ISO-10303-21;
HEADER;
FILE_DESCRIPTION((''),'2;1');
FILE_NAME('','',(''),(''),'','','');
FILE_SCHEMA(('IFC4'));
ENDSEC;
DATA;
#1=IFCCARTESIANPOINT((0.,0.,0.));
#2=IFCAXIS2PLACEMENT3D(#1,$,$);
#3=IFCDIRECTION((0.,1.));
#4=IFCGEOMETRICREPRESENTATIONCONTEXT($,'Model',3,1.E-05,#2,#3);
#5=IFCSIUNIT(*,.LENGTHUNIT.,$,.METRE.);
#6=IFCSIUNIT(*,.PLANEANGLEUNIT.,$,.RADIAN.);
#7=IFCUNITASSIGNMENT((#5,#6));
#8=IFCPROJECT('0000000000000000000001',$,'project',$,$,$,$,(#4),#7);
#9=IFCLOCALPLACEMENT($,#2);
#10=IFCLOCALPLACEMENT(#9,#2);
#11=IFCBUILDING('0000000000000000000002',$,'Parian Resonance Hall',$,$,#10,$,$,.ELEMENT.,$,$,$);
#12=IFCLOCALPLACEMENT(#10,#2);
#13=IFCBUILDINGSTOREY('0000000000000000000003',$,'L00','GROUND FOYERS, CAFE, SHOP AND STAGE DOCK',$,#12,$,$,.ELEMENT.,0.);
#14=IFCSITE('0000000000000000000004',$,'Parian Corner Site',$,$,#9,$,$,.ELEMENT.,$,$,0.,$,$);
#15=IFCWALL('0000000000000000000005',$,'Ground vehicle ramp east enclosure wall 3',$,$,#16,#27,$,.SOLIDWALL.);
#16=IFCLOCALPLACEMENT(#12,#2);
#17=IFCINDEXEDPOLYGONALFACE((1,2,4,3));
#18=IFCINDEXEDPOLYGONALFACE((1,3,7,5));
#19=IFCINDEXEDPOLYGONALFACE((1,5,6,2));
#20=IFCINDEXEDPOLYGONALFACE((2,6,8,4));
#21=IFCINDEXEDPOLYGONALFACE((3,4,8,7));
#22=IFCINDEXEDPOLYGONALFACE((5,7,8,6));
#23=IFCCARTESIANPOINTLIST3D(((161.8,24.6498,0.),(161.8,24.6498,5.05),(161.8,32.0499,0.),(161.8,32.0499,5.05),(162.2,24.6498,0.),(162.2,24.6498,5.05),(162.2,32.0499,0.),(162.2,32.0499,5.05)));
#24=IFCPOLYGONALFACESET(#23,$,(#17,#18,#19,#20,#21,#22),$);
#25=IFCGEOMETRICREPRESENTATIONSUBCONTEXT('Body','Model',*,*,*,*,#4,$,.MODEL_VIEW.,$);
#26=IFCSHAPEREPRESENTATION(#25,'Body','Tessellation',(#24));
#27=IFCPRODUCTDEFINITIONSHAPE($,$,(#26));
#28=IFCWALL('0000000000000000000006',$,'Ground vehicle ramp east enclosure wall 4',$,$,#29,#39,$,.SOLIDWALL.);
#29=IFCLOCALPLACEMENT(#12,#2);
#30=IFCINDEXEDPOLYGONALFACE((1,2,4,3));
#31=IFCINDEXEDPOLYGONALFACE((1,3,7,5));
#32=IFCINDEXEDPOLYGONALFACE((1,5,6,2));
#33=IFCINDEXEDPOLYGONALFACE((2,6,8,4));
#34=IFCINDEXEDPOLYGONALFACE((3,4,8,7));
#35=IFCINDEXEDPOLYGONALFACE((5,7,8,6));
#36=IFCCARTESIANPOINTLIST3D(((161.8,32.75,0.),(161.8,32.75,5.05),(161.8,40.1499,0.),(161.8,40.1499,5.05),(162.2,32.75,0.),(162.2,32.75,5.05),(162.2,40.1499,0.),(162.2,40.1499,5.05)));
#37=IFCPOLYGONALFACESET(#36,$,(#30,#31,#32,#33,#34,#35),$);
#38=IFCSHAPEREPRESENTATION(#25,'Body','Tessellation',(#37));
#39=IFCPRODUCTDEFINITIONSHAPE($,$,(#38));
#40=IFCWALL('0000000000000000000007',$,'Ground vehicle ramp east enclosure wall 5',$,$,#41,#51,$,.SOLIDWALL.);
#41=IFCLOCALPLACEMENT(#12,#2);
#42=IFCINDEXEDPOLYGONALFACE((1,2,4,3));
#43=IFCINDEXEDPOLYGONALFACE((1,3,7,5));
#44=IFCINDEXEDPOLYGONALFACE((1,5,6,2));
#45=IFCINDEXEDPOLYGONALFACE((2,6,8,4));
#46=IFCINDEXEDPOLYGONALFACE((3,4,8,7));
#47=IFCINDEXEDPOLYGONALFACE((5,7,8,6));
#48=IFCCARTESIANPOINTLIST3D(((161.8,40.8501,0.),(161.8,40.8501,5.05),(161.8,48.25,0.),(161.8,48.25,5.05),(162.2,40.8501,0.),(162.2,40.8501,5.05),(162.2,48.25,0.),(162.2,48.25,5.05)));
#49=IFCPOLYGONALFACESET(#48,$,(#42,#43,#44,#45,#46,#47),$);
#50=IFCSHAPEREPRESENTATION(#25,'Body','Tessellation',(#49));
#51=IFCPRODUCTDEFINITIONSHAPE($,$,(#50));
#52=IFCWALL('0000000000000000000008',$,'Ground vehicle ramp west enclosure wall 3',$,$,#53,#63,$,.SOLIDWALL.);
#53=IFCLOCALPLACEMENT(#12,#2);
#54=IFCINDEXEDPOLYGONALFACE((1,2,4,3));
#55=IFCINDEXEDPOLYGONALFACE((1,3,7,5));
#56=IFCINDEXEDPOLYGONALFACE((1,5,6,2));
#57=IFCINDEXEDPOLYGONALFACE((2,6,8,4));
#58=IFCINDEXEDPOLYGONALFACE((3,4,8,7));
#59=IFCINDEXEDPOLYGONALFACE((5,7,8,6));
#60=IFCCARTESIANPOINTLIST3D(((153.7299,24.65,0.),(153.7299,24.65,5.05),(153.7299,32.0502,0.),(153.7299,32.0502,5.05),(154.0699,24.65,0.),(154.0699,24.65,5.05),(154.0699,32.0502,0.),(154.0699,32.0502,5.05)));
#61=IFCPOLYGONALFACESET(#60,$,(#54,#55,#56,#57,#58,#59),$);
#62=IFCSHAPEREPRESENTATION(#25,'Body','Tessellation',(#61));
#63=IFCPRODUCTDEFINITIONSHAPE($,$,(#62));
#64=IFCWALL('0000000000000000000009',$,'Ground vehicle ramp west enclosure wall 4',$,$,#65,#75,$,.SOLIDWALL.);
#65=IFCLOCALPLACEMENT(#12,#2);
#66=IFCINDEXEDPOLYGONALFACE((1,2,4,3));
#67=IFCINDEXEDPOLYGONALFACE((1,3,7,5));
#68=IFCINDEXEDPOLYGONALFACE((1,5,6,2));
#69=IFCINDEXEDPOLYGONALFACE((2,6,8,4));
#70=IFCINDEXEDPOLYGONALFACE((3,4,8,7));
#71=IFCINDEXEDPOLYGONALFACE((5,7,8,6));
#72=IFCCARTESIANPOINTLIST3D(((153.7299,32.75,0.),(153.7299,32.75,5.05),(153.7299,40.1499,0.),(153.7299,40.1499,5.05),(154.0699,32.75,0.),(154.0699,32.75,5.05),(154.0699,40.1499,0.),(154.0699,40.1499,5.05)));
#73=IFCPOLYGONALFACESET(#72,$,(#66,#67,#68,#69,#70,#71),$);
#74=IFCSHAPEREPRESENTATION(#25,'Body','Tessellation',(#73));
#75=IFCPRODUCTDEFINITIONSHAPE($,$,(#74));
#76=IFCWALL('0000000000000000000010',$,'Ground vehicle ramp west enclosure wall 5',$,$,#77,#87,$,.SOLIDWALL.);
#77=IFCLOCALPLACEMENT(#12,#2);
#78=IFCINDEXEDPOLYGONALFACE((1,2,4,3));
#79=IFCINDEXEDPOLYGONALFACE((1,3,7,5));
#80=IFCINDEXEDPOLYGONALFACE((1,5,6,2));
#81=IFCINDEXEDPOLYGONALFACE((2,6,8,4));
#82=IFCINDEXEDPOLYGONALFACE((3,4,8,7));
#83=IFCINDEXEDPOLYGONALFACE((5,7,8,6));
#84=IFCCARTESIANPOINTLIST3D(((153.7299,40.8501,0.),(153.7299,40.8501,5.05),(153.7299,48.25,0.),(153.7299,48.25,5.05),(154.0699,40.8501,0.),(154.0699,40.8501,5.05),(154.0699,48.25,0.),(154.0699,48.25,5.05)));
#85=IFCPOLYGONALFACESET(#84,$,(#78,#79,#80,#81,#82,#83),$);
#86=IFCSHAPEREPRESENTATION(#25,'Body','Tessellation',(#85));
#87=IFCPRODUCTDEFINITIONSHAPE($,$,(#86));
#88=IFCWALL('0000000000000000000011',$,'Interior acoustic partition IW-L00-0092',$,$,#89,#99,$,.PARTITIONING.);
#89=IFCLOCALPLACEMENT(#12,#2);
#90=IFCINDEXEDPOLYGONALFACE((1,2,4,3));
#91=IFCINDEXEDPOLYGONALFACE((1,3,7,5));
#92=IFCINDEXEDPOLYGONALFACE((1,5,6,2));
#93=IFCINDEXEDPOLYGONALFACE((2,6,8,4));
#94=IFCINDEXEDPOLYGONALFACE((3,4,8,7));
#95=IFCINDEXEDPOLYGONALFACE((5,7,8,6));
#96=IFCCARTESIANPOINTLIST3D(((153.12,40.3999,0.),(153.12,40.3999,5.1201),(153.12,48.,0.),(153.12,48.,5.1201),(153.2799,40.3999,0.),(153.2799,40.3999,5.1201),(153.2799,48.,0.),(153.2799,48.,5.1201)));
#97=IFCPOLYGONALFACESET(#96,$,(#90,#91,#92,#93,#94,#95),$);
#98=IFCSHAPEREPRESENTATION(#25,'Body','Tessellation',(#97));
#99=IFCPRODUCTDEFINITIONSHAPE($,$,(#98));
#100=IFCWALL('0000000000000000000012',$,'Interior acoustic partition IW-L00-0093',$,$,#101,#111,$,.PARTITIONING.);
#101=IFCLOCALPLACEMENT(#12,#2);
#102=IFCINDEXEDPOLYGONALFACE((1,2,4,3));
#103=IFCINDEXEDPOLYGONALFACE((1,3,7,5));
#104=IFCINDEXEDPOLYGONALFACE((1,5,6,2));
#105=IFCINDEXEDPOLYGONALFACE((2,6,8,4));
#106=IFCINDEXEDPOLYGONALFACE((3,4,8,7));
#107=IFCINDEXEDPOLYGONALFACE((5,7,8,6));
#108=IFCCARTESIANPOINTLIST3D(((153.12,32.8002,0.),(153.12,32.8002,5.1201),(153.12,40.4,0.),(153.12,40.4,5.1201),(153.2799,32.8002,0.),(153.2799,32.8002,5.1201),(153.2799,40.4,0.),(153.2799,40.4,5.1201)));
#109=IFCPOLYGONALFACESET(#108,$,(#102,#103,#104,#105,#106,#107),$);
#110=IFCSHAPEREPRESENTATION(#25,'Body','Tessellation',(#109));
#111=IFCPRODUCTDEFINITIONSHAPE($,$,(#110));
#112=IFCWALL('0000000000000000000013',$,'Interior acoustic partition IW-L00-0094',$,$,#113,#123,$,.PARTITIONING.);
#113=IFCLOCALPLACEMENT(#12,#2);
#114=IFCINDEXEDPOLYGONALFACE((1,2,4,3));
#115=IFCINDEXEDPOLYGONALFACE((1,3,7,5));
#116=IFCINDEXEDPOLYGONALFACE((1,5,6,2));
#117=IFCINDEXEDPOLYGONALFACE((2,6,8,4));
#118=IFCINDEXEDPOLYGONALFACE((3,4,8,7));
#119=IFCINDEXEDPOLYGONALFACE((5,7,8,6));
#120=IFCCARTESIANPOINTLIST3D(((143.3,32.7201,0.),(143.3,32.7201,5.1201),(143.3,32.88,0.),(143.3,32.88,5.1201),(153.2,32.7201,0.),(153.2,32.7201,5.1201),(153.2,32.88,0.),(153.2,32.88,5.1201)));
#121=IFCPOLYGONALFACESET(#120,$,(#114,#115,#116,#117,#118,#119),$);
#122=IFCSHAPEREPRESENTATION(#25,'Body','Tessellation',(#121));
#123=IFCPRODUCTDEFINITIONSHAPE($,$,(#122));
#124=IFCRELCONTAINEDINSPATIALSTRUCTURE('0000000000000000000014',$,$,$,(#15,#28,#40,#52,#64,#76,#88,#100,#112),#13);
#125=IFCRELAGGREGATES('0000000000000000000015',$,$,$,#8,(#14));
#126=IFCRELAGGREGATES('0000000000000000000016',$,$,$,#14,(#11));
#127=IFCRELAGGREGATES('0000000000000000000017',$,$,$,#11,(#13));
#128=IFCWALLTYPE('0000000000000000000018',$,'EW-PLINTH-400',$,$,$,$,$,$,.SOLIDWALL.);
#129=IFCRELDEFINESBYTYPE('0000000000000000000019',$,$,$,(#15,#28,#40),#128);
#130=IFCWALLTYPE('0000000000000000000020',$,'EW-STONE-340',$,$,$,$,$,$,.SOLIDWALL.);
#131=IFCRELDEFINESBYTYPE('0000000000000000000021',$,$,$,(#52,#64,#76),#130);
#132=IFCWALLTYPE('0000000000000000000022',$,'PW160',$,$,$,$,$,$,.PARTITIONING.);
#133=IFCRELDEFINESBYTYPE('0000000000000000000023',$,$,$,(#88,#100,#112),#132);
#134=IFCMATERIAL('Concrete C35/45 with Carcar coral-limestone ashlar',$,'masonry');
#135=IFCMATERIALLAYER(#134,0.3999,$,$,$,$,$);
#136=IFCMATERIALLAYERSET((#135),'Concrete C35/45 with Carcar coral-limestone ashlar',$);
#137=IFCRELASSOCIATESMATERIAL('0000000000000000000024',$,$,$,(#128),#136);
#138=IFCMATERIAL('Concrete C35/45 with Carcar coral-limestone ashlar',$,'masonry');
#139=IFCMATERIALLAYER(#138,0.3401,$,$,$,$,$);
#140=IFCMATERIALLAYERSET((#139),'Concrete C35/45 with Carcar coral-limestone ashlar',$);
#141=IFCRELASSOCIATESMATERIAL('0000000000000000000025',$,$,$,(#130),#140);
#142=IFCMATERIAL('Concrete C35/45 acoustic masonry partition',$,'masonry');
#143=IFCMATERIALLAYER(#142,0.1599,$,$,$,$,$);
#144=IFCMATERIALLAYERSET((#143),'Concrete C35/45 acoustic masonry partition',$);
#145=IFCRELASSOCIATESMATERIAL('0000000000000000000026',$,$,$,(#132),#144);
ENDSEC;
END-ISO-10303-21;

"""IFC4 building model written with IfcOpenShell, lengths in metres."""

from ifc_helpers import new_model, si_unit, direction, frame, frame_2d, origin, place, context, subcontext, project, spatial, rectangle, extrude, material, layer, layer_set, type_object, element, save


model = new_model("IFC4")

# Units and contexts
model_context = context("Model", 3, precision=1e-05, world=origin(), true_north=direction((0.0, 1.0)))
body_context = subcontext(model_context, "Body", "Model", "MODEL_VIEW")
ifc_project = project(units=[si_unit("LENGTHUNIT", "METRE"), si_unit("PLANEANGLEUNIT", "RADIAN")], contexts=[model_context])

# Site, building, storey
site_placement = place(None, origin())
site = spatial("IfcSite", under=ifc_project, at=site_placement, Name="Parian Corner Site", CompositionType="ELEMENT", RefElevation=0.0)
building_placement = place(site_placement, origin())
building = spatial("IfcBuilding", under=site, at=building_placement, Name="Parian Resonance Hall", CompositionType="ELEMENT")
storey_placement = place(building_placement, origin())
storey = spatial("IfcBuildingStorey", under=building, at=storey_placement, Name="L00", Description="GROUND FOYERS, CAFE, SHOP AND STAGE DOCK", CompositionType="ELEMENT", Elevation=0.0)

# Walls
ifc_material_1 = material(Name="Concrete C35/45 with Carcar coral-limestone ashlar", Category="masonry")
ifc_layer_1 = layer(ifc_material_1, 0.3999)
ifc_layer_set_1 = layer_set([ifc_layer_1], Name="Concrete C35/45 with Carcar coral-limestone ashlar")
wall_type_1 = type_object("IfcWallType", Name="EW-PLINTH-400", PredefinedType="SOLIDWALL", material=ifc_layer_set_1)
wall_1_placement = place(storey_placement, frame((162.0, 32.05, 0.0), z_axis=(0.0, 0.0, 1.0), x_axis=(0.0, -1.0, 0.0)))
element("IfcWall", 1, at=wall_1_placement, inside=storey, type_object=wall_type_1, Name="Ground vehicle ramp east enclosure wall 3", PredefinedType="SOLIDWALL", context=body_context, shape_type="SweptSolid", body=[
    extrude(rectangle(XDim=7.4001, YDim=0.3999, at=frame_2d((3.7002, 0.0))), origin(), (0.0, 0.0, 1.0), 5.05),
])
for number, where, z_axis, x_axis, name in (
    (2, (162.0, 40.1499, 0.0), (0.0, 0.0, 1.0), (0.0, -1.0, 0.0), "Ground vehicle ramp east enclosure wall 4"),
    (3, (162.0, 48.25, 0.0), (0.0, 0.0, 1.0), (0.0, -1.0, 0.0), "Ground vehicle ramp east enclosure wall 5"),
):
    element("IfcWall", number, at=place(storey_placement, frame(where, z_axis=z_axis, x_axis=x_axis)), inside=storey, type_object=wall_type_1, Name=name, PredefinedType="SOLIDWALL", context=body_context, shape_type="SweptSolid", body=[
        extrude(rectangle(XDim=7.3999, YDim=0.3999, at=frame_2d((3.7, 0.0))), origin(), (0.0, 0.0, 1.0), 5.05),
    ])
ifc_material_2 = material(Name="Concrete C35/45 with Carcar coral-limestone ashlar", Category="masonry")
ifc_layer_2 = layer(ifc_material_2, 0.3401)
ifc_layer_set_2 = layer_set([ifc_layer_2], Name="Concrete C35/45 with Carcar coral-limestone ashlar")
wall_type_2 = type_object("IfcWallType", Name="EW-STONE-340", PredefinedType="SOLIDWALL", material=ifc_layer_set_2)
wall_2_placement = place(storey_placement, frame((153.8999, 24.6499, 0.0), z_axis=(0.0, 0.0, 1.0), x_axis=(0.0, 1.0, 0.0)))
element("IfcWall", 4, at=wall_2_placement, inside=storey, type_object=wall_type_2, Name="Ground vehicle ramp west enclosure wall 3", PredefinedType="SOLIDWALL", context=body_context, shape_type="SweptSolid", body=[
    extrude(rectangle(XDim=7.4001, YDim=0.3401, at=frame_2d((3.7002, 0.0))), origin(), (0.0, 0.0, 1.0), 5.05),
])
for number, where, z_axis, x_axis, name in (
    (5, (153.8999, 32.75, 0.0), (0.0, 0.0, 1.0), (0.0, 1.0, 0.0), "Ground vehicle ramp west enclosure wall 4"),
    (6, (153.8999, 40.8501, 0.0), (0.0, 0.0, 1.0), (0.0, 1.0, 0.0), "Ground vehicle ramp west enclosure wall 5"),
):
    element("IfcWall", number, at=place(storey_placement, frame(where, z_axis=z_axis, x_axis=x_axis)), inside=storey, type_object=wall_type_2, Name=name, PredefinedType="SOLIDWALL", context=body_context, shape_type="SweptSolid", body=[
        extrude(rectangle(XDim=7.3999, YDim=0.3401, at=frame_2d((3.7, 0.0))), origin(), (0.0, 0.0, 1.0), 5.05),
    ])
ifc_material_3 = material(Name="Concrete C35/45 acoustic masonry partition", Category="masonry")
ifc_layer_3 = layer(ifc_material_3, 0.1599)
ifc_layer_set_3 = layer_set([ifc_layer_3], Name="Concrete C35/45 acoustic masonry partition")
wall_type_3 = type_object("IfcWallType", Name="PW160", PredefinedType="PARTITIONING", material=ifc_layer_set_3)
wall_3_placement = place(storey_placement, frame((153.2, 48.0, 0.0), z_axis=(0.0, 0.0, 1.0), x_axis=(0.0, -1.0, 0.0)))
element("IfcWall", 7, at=wall_3_placement, inside=storey, type_object=wall_type_3, Name="Interior acoustic partition IW-L00-0092", PredefinedType="PARTITIONING", context=body_context, shape_type="SweptSolid", body=[
    extrude(rectangle(XDim=7.6001, YDim=0.1599, at=frame_2d((3.8, 0.0))), origin(), (0.0, 0.0, 1.0), 5.1201),
])
wall_4_placement = place(storey_placement, frame((153.2, 40.3999, 0.0), z_axis=(0.0, 0.0, 1.0), x_axis=(0.0, -1.0, 0.0)))
element("IfcWall", 8, at=wall_4_placement, inside=storey, type_object=wall_type_3, Name="Interior acoustic partition IW-L00-0093", PredefinedType="PARTITIONING", context=body_context, shape_type="SweptSolid", body=[
    extrude(rectangle(XDim=7.5999, YDim=0.1599, at=frame_2d((3.7998, 0.0))), origin(), (0.0, 0.0, 1.0), 5.1201),
])
wall_5_placement = place(storey_placement, frame((153.2, 32.8, 0.0), z_axis=(0.0, 0.0, 1.0), x_axis=(-1.0, 0.0, 0.0)))
element("IfcWall", 9, at=wall_5_placement, inside=storey, type_object=wall_type_3, Name="Interior acoustic partition IW-L00-0094", PredefinedType="PARTITIONING", context=body_context, shape_type="SweptSolid", body=[
    extrude(rectangle(XDim=9.8999, YDim=0.1599, at=frame_2d((4.95, 0.0))), origin(), (0.0, 0.0, 1.0), 5.1201),
])

save(model, "model.ifc")
